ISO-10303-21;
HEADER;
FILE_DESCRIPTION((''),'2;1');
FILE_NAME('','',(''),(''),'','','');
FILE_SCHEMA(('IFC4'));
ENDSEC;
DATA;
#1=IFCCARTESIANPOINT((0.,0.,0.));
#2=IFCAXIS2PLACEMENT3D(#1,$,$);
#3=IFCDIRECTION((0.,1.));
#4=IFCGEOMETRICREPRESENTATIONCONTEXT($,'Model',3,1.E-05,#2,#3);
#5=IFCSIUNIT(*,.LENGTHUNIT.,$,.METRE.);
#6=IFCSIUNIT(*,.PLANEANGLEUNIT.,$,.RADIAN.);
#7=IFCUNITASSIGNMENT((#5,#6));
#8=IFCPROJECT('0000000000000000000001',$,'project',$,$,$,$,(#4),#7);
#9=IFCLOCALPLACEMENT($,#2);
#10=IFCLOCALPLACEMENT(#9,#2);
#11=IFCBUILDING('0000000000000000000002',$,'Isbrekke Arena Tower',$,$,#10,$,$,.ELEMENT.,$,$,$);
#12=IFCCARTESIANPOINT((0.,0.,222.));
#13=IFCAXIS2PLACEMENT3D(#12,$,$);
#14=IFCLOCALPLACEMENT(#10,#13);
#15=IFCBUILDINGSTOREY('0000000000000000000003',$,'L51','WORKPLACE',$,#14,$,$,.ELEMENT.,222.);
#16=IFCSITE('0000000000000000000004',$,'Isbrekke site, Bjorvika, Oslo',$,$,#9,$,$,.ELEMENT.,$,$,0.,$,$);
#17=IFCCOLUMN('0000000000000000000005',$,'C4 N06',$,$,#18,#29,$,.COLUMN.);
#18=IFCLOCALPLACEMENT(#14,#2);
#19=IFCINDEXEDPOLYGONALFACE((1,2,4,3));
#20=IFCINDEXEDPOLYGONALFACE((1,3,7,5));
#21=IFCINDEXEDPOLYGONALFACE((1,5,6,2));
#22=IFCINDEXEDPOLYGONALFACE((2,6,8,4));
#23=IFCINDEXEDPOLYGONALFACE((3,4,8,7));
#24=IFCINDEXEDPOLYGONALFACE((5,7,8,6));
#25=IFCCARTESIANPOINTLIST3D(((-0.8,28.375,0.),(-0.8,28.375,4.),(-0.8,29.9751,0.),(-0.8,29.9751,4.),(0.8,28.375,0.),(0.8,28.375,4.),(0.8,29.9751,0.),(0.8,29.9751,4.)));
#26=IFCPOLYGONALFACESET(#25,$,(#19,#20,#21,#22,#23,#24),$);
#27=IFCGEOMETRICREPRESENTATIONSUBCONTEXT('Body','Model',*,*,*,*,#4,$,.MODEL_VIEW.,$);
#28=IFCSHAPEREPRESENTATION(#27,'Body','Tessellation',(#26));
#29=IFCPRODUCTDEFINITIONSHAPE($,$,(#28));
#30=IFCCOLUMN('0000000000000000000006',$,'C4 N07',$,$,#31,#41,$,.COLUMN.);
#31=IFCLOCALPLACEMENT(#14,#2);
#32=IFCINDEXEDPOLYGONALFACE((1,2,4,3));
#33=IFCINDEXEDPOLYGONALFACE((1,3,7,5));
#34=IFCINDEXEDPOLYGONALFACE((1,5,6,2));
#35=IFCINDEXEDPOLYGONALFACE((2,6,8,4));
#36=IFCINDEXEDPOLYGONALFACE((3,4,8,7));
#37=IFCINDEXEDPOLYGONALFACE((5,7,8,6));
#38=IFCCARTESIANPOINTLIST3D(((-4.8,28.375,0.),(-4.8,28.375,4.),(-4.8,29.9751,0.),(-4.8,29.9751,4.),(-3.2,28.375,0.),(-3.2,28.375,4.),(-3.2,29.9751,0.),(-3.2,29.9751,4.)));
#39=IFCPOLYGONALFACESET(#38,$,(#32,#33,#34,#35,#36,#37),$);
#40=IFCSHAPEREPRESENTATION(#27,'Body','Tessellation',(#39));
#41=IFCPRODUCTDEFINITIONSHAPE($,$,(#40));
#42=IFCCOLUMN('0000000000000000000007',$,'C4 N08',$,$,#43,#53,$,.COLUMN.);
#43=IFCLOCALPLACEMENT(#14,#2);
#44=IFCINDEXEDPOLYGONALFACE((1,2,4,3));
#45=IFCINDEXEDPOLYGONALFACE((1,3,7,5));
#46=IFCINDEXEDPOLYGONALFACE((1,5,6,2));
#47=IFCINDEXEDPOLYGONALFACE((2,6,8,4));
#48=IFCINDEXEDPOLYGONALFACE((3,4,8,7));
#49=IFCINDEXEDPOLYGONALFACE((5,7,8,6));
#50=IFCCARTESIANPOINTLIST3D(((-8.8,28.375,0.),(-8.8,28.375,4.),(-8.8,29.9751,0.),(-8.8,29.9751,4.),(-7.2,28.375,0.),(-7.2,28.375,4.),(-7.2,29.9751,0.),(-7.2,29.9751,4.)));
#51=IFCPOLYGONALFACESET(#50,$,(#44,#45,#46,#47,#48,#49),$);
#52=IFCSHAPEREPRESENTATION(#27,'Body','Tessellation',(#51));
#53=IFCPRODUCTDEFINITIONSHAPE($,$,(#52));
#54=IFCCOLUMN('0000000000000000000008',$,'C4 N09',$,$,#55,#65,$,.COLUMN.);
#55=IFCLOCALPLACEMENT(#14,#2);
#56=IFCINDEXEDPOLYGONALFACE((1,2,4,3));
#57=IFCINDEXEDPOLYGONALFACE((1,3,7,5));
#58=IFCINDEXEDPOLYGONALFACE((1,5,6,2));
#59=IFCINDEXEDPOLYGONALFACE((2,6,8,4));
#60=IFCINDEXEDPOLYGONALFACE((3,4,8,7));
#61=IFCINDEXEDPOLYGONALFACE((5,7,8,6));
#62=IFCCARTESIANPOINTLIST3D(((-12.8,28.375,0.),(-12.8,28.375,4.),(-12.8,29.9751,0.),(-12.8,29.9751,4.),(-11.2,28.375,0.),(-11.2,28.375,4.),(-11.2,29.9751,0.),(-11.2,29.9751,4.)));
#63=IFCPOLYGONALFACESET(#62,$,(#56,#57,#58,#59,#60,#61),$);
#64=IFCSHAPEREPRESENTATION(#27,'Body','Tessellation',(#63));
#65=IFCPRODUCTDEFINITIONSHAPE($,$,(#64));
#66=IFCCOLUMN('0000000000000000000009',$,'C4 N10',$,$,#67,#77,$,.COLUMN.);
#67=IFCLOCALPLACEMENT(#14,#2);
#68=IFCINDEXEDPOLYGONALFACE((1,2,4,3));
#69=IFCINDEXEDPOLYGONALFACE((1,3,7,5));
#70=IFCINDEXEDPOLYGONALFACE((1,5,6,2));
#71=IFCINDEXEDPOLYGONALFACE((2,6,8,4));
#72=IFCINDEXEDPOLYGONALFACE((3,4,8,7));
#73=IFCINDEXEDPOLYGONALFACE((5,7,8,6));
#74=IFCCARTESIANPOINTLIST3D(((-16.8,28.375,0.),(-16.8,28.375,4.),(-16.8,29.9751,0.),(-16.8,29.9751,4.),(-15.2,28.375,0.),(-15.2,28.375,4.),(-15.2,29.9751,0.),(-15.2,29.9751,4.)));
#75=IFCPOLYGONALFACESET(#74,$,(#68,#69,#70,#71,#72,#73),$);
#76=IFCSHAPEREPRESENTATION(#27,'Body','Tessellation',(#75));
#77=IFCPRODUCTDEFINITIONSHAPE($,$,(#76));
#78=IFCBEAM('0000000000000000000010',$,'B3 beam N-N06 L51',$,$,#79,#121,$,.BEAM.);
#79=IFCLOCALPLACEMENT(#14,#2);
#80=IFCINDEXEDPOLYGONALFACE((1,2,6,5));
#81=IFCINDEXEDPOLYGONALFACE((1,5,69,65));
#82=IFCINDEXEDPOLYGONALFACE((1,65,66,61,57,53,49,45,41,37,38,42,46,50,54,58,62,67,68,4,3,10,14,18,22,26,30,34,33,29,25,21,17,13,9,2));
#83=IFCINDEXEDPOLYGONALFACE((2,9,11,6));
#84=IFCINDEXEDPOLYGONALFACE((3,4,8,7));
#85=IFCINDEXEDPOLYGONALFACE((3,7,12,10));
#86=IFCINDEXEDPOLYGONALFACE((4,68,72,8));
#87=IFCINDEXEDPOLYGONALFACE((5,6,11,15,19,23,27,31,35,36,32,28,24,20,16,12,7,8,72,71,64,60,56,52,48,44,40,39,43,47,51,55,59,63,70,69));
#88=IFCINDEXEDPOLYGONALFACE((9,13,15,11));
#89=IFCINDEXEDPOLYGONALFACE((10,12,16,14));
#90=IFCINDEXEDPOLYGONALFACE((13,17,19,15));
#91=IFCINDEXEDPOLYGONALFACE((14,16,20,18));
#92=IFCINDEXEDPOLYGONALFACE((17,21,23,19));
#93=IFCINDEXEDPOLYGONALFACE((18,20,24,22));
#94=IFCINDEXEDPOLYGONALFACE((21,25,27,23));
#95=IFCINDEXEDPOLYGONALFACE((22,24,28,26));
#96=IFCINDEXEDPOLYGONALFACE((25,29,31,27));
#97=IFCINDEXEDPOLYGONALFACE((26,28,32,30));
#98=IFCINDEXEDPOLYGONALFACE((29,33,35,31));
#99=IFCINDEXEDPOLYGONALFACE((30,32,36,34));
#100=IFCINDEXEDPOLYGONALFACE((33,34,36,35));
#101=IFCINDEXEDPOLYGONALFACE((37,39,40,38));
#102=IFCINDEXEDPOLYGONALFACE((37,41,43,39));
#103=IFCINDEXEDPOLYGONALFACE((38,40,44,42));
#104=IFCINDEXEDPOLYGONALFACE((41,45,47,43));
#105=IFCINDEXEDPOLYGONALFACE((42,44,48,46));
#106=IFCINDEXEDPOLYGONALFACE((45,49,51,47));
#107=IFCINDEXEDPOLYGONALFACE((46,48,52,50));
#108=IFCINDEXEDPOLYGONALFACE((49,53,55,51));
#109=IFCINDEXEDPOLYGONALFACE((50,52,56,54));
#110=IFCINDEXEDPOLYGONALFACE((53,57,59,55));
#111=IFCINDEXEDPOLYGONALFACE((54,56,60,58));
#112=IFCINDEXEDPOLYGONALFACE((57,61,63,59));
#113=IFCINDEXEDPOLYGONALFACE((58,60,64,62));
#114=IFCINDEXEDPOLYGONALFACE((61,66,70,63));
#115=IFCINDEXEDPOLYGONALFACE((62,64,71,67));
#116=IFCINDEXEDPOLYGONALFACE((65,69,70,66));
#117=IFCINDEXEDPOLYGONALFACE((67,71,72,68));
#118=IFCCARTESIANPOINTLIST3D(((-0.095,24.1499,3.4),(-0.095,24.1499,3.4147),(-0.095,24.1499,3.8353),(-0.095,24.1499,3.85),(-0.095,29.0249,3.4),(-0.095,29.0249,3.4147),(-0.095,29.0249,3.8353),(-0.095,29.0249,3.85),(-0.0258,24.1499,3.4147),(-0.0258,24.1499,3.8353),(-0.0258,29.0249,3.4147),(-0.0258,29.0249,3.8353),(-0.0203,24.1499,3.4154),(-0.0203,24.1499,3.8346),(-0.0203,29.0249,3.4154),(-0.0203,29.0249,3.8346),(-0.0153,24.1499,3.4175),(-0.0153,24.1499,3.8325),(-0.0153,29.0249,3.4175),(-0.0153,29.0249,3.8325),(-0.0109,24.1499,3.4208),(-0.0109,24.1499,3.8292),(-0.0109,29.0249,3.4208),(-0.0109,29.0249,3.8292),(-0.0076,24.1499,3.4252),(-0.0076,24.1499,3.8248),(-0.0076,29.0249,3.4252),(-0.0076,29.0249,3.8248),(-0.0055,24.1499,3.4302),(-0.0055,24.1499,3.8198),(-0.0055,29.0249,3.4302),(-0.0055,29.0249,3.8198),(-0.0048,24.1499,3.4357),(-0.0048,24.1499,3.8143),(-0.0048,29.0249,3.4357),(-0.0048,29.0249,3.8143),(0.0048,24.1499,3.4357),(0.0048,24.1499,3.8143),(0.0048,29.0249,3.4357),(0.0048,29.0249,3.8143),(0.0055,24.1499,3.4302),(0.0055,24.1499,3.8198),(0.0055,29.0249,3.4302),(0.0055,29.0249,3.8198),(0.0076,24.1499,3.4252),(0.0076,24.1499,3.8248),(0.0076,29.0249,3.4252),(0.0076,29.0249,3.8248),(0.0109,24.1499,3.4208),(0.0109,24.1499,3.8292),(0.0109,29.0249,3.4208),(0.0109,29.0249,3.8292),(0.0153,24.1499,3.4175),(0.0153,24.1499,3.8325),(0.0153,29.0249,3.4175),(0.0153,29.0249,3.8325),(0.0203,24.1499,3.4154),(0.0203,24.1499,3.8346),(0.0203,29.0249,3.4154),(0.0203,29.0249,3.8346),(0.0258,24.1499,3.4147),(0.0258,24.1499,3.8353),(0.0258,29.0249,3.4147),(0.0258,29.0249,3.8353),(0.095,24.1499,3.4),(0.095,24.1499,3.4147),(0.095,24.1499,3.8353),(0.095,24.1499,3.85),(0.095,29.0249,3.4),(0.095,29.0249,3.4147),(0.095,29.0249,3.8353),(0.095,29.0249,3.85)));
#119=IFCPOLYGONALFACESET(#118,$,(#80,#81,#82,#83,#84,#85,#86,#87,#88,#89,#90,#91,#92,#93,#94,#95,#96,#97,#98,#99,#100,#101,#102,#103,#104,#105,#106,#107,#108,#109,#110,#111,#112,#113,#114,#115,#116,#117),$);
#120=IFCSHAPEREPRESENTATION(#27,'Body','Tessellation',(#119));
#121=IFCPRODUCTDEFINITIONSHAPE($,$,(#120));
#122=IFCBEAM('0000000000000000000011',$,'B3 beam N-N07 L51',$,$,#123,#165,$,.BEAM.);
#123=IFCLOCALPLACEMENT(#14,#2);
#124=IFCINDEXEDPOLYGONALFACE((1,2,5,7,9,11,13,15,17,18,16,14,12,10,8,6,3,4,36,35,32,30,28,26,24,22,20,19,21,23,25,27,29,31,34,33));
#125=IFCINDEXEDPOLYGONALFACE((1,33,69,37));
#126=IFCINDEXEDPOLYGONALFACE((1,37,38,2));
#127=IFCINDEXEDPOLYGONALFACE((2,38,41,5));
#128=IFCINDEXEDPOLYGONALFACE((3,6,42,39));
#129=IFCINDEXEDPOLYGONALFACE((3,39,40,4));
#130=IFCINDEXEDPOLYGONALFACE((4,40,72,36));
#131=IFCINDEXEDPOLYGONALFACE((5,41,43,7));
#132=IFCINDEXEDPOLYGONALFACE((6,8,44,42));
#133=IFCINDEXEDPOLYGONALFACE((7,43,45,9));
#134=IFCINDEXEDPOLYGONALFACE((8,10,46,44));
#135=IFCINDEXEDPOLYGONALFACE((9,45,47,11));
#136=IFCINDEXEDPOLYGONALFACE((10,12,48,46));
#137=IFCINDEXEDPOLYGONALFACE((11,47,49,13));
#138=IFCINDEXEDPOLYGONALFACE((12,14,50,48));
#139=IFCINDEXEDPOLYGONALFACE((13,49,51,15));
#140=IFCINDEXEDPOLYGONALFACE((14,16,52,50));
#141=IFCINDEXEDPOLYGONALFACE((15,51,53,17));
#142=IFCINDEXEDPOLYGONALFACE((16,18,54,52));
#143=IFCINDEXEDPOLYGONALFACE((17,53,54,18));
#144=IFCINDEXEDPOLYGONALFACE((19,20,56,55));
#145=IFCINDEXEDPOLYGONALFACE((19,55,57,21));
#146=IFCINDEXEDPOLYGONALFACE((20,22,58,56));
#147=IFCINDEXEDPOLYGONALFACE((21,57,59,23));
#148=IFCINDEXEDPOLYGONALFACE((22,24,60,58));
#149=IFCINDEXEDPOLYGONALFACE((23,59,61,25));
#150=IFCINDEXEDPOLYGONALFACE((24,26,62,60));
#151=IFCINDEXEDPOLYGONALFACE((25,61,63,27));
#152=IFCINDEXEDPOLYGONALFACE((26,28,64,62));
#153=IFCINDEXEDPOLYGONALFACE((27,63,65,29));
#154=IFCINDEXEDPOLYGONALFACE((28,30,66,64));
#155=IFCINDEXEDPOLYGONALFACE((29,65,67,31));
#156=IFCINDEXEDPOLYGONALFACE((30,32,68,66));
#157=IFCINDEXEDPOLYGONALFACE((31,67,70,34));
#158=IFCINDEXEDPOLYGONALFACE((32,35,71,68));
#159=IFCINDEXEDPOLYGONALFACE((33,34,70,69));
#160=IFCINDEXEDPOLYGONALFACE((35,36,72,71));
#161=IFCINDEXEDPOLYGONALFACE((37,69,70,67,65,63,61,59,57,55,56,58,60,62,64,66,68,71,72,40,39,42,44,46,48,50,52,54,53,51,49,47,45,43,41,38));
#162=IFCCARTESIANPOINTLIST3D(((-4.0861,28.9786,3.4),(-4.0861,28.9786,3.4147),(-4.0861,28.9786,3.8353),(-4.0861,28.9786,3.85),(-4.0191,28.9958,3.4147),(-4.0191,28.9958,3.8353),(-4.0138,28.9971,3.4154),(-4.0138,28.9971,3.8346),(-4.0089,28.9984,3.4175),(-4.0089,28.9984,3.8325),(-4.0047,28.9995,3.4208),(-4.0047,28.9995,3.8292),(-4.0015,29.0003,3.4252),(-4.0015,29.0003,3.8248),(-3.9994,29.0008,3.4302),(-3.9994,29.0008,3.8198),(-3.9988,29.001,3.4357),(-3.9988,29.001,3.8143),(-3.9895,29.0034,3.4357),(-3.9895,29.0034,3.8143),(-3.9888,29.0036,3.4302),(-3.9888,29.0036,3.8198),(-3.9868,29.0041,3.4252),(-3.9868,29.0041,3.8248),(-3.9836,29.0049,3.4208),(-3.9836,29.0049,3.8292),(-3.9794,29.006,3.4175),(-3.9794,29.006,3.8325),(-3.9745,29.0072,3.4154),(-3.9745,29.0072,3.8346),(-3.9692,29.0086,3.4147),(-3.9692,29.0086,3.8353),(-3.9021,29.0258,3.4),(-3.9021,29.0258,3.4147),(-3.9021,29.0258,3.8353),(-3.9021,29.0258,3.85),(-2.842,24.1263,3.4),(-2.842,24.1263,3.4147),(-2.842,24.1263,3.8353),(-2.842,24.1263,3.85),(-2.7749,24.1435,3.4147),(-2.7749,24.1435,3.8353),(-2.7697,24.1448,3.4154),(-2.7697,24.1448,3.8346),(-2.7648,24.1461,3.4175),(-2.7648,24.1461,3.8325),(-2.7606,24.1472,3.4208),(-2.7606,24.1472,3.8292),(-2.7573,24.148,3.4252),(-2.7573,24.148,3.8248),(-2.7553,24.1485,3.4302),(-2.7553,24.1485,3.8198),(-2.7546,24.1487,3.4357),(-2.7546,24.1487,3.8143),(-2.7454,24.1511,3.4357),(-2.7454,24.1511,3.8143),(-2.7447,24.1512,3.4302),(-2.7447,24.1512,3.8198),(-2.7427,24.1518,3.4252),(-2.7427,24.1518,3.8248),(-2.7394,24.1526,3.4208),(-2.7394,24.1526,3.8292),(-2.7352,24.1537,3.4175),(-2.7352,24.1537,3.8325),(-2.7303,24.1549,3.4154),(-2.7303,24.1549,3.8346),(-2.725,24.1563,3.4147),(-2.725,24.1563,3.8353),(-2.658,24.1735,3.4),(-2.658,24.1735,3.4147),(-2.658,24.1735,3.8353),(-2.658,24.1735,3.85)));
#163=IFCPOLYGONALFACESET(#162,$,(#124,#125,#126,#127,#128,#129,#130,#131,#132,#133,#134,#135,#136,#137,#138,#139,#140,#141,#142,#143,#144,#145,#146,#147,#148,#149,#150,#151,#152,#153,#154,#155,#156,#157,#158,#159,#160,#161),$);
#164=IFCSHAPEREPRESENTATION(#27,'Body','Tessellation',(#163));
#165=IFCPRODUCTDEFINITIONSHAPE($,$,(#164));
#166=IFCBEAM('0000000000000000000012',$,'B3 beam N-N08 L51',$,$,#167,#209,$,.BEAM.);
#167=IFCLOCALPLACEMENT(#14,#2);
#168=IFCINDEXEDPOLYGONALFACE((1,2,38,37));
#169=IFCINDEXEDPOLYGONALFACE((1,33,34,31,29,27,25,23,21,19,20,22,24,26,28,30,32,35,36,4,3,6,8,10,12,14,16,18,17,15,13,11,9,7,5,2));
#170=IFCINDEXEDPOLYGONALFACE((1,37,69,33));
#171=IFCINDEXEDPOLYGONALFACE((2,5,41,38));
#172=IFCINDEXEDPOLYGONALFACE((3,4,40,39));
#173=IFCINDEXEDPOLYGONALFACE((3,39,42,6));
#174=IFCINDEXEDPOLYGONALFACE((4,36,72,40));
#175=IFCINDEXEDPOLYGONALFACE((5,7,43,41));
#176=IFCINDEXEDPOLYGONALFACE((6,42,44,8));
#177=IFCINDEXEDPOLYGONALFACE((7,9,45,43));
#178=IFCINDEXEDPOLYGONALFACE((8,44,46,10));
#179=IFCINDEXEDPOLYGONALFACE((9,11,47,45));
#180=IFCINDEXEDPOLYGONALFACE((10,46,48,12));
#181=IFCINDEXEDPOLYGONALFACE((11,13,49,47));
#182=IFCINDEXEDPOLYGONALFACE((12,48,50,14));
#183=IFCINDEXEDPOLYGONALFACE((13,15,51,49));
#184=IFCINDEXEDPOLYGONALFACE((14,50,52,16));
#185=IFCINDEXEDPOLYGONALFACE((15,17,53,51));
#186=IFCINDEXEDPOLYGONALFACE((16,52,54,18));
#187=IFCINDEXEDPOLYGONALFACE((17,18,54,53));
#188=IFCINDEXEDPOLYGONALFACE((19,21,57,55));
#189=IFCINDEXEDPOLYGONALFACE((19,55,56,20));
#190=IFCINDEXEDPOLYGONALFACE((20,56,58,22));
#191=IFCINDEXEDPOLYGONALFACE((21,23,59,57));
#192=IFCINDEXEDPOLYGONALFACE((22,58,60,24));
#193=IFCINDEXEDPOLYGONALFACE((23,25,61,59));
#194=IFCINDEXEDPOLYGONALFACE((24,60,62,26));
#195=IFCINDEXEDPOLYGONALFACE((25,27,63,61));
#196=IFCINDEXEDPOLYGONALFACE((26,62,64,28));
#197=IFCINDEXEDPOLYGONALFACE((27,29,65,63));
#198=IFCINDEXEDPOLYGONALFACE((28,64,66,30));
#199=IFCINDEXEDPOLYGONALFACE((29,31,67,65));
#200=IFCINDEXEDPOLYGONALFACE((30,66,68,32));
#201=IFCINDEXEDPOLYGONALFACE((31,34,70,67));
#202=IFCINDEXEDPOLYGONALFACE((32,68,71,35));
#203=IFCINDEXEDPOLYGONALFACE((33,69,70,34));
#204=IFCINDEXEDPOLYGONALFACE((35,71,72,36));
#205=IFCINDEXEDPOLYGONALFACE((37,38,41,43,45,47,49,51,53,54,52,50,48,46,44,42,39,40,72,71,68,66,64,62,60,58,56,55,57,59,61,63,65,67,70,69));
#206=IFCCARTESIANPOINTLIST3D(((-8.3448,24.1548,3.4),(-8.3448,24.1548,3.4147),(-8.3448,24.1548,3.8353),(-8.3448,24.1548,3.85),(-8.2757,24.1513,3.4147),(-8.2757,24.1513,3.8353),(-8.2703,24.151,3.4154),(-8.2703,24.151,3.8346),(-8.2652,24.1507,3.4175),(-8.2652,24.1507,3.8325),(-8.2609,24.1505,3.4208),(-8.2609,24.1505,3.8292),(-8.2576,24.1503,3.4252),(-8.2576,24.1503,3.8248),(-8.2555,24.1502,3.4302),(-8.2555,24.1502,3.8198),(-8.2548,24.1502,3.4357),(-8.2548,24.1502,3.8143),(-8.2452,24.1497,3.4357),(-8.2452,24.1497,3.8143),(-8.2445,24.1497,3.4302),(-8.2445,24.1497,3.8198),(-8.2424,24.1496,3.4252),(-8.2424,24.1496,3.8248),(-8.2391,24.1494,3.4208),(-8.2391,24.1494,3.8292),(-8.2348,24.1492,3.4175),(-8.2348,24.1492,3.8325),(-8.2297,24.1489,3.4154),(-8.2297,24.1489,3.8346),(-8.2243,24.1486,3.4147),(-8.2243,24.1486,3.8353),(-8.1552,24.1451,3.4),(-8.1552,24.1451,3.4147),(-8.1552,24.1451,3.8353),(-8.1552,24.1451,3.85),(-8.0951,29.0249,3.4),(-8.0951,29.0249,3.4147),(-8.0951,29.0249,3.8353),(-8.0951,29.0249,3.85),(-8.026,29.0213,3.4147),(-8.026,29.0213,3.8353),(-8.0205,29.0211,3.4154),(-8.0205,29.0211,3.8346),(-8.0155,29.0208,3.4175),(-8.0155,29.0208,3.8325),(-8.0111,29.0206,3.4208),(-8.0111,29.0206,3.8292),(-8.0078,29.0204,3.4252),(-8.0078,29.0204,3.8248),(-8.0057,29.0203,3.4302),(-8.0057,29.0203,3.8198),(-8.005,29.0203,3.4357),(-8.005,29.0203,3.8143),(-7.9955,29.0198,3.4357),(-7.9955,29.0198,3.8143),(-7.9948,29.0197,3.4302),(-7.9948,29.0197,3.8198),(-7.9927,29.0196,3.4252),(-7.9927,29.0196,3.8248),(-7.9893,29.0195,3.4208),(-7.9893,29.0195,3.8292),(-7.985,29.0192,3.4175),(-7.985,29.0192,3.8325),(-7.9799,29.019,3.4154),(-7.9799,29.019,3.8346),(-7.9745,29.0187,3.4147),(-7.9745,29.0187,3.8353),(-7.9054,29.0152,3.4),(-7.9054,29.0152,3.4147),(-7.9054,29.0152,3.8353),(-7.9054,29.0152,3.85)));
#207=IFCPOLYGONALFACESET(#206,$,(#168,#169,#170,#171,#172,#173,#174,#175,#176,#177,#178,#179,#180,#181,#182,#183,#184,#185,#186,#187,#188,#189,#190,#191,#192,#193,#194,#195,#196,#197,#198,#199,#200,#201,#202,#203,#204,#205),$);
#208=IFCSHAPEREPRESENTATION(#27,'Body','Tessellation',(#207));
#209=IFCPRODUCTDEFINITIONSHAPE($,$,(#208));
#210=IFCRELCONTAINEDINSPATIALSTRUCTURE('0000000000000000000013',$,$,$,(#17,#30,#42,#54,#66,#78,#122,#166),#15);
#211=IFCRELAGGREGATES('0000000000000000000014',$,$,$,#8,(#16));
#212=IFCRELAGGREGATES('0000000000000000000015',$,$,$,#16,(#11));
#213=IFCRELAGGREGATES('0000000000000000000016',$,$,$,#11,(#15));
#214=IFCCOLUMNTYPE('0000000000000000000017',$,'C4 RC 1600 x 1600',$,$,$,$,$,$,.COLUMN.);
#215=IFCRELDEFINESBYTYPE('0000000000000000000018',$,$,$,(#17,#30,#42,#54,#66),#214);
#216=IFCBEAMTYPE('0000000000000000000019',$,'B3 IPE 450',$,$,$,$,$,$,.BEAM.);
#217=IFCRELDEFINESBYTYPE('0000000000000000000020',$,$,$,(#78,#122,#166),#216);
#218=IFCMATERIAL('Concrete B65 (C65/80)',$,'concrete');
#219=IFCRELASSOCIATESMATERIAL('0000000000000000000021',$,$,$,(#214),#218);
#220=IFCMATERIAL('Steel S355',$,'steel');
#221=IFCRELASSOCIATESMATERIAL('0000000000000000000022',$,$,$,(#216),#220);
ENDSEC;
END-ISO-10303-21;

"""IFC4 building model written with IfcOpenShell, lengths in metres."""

from ifc_helpers import new_model, si_unit, direction, frame, origin, origin_2d, place, context, subcontext, project, spatial, rectangle, i_section, extrude, material, material_profile, profile_set, type_object, element, save


model = new_model("IFC4")

# Units and contexts
model_context = context("Model", 3, precision=1e-05, world=origin(), true_north=direction((0.0, 1.0)))
body_context = subcontext(model_context, "Body", "Model", "MODEL_VIEW")
ifc_project = project(units=[si_unit("LENGTHUNIT", "METRE"), si_unit("PLANEANGLEUNIT", "RADIAN")], contexts=[model_context])

# Site, building, storey
site_placement = place(None, origin())
site = spatial("IfcSite", under=ifc_project, at=site_placement, Name="Isbrekke site, Bjorvika, Oslo", CompositionType="ELEMENT", RefElevation=0.0)
building_placement = place(site_placement, origin())
building = spatial("IfcBuilding", under=site, at=building_placement, Name="Isbrekke Arena Tower", CompositionType="ELEMENT")
storey_placement = place(building_placement, frame((0.0, 0.0, 222.0)))
storey = spatial("IfcBuildingStorey", under=building, at=storey_placement, Name="L51", Description="WORKPLACE", CompositionType="ELEMENT", Elevation=222.0)

# Columns
ifc_material_1 = material(Name="Concrete B65 (C65/80)", Category="concrete")
ifc_material_profile_1 = material_profile(ifc_material_1, rectangle(XDim=1.6001, YDim=1.6001, at=origin_2d()), Name="RC 1600x1600")
ifc_profile_set_1 = profile_set([ifc_material_profile_1], Name="Concrete B65 (C65/80)")
column_type = type_object("IfcColumnType", Name="C4 RC 1600 x 1600", PredefinedType="COLUMN", material=ifc_profile_set_1)
for number, where, z_axis, x_axis, name in (
    (1, (0.0, 29.175, 0.0), (0.0, 0.0, 1.0), (-1.0, 0.0, 0.0), "C4 N06"),
    (2, (-4.0, 29.175, 0.0), (0.0, 0.0, 1.0), (-1.0, 0.0, 0.0), "C4 N07"),
    (3, (-8.0, 29.175, 0.0), (0.0, 0.0, 1.0), (-1.0, 0.0, 0.0), "C4 N08"),
    (4, (-12.0, 29.175, 0.0), (0.0, 0.0, 1.0), (-1.0, 0.0, 0.0), "C4 N09"),
    (5, (-16.0, 29.175, 0.0), (0.0, 0.0, 1.0), (-1.0, 0.0, 0.0), "C4 N10"),
):
    element("IfcColumn", number, at=place(storey_placement, frame(where, z_axis=z_axis, x_axis=x_axis)), inside=storey, type_object=column_type, Name=name, PredefinedType="COLUMN", context=body_context, shape_type="SweptSolid", body=[
        extrude(rectangle(XDim=1.6001, YDim=1.6001, at=origin_2d()), origin(), (0.0, 0.0, 1.0), 4.0),
    ])

# Beams
ifc_material_2 = material(Name="Steel S355", Category="steel")
ifc_material_profile_2 = material_profile(ifc_material_2, i_section(OverallWidth=0.1899, OverallDepth=0.45, WebThickness=0.0095, FlangeThickness=0.0146, FilletRadius=0.021, at=origin_2d()), Name="IPE 450")
ifc_profile_set_2 = profile_set([ifc_material_profile_2], Name="Steel S355")
beam_type_1 = type_object("IfcBeamType", Name="B3 IPE 450", PredefinedType="BEAM", material=ifc_profile_set_2)
beam_1_placement = place(storey_placement, frame((0.0, 29.0249, 3.625), z_axis=(0.0, -1.0, 0.0), x_axis=(1.0, 0.0, 0.0)))
element("IfcBeam", 6, at=beam_1_placement, inside=storey, type_object=beam_type_1, Name="B3 beam N-N06 L51", PredefinedType="BEAM", context=body_context, shape_type="SweptSolid", body=[
    extrude(i_section(OverallWidth=0.1899, OverallDepth=0.45, WebThickness=0.0095, FlangeThickness=0.0146, FilletRadius=0.021, at=origin_2d()), origin(), (0.0, 0.0, 1.0), 4.875),
])
beam_2_placement = place(storey_placement, frame((-3.9941, 29.0022, 3.625), z_axis=(0.248368, -0.968666, 0.0), x_axis=(0.968666, 0.248368, 0.0)))
element("IfcBeam", 7, at=beam_2_placement, inside=storey, type_object=beam_type_1, Name="B3 beam N-N07 L51", PredefinedType="BEAM", context=body_context, shape_type="SweptSolid", body=[
    extrude(i_section(OverallWidth=0.1899, OverallDepth=0.45, WebThickness=0.0095, FlangeThickness=0.0146, FilletRadius=0.021, at=origin_2d()), origin(), (0.0, 0.0, 1.0), 5.0093),
])
beam_3_placement = place(storey_placement, frame((-8.0002, 29.02, 3.625), z_axis=(-0.051216, -0.998688, 0.0), x_axis=(0.998688, -0.051216, 0.0)))
element("IfcBeam", 8, at=beam_3_placement, inside=storey, type_object=beam_type_1, Name="B3 beam N-N08 L51", PredefinedType="BEAM", context=body_context, shape_type="SweptSolid", body=[
    extrude(i_section(OverallWidth=0.1899, OverallDepth=0.45, WebThickness=0.0095, FlangeThickness=0.0146, FilletRadius=0.021, at=origin_2d()), origin(), (0.0, 0.0, 1.0), 4.8765),
])

save(model, "model.ifc")
